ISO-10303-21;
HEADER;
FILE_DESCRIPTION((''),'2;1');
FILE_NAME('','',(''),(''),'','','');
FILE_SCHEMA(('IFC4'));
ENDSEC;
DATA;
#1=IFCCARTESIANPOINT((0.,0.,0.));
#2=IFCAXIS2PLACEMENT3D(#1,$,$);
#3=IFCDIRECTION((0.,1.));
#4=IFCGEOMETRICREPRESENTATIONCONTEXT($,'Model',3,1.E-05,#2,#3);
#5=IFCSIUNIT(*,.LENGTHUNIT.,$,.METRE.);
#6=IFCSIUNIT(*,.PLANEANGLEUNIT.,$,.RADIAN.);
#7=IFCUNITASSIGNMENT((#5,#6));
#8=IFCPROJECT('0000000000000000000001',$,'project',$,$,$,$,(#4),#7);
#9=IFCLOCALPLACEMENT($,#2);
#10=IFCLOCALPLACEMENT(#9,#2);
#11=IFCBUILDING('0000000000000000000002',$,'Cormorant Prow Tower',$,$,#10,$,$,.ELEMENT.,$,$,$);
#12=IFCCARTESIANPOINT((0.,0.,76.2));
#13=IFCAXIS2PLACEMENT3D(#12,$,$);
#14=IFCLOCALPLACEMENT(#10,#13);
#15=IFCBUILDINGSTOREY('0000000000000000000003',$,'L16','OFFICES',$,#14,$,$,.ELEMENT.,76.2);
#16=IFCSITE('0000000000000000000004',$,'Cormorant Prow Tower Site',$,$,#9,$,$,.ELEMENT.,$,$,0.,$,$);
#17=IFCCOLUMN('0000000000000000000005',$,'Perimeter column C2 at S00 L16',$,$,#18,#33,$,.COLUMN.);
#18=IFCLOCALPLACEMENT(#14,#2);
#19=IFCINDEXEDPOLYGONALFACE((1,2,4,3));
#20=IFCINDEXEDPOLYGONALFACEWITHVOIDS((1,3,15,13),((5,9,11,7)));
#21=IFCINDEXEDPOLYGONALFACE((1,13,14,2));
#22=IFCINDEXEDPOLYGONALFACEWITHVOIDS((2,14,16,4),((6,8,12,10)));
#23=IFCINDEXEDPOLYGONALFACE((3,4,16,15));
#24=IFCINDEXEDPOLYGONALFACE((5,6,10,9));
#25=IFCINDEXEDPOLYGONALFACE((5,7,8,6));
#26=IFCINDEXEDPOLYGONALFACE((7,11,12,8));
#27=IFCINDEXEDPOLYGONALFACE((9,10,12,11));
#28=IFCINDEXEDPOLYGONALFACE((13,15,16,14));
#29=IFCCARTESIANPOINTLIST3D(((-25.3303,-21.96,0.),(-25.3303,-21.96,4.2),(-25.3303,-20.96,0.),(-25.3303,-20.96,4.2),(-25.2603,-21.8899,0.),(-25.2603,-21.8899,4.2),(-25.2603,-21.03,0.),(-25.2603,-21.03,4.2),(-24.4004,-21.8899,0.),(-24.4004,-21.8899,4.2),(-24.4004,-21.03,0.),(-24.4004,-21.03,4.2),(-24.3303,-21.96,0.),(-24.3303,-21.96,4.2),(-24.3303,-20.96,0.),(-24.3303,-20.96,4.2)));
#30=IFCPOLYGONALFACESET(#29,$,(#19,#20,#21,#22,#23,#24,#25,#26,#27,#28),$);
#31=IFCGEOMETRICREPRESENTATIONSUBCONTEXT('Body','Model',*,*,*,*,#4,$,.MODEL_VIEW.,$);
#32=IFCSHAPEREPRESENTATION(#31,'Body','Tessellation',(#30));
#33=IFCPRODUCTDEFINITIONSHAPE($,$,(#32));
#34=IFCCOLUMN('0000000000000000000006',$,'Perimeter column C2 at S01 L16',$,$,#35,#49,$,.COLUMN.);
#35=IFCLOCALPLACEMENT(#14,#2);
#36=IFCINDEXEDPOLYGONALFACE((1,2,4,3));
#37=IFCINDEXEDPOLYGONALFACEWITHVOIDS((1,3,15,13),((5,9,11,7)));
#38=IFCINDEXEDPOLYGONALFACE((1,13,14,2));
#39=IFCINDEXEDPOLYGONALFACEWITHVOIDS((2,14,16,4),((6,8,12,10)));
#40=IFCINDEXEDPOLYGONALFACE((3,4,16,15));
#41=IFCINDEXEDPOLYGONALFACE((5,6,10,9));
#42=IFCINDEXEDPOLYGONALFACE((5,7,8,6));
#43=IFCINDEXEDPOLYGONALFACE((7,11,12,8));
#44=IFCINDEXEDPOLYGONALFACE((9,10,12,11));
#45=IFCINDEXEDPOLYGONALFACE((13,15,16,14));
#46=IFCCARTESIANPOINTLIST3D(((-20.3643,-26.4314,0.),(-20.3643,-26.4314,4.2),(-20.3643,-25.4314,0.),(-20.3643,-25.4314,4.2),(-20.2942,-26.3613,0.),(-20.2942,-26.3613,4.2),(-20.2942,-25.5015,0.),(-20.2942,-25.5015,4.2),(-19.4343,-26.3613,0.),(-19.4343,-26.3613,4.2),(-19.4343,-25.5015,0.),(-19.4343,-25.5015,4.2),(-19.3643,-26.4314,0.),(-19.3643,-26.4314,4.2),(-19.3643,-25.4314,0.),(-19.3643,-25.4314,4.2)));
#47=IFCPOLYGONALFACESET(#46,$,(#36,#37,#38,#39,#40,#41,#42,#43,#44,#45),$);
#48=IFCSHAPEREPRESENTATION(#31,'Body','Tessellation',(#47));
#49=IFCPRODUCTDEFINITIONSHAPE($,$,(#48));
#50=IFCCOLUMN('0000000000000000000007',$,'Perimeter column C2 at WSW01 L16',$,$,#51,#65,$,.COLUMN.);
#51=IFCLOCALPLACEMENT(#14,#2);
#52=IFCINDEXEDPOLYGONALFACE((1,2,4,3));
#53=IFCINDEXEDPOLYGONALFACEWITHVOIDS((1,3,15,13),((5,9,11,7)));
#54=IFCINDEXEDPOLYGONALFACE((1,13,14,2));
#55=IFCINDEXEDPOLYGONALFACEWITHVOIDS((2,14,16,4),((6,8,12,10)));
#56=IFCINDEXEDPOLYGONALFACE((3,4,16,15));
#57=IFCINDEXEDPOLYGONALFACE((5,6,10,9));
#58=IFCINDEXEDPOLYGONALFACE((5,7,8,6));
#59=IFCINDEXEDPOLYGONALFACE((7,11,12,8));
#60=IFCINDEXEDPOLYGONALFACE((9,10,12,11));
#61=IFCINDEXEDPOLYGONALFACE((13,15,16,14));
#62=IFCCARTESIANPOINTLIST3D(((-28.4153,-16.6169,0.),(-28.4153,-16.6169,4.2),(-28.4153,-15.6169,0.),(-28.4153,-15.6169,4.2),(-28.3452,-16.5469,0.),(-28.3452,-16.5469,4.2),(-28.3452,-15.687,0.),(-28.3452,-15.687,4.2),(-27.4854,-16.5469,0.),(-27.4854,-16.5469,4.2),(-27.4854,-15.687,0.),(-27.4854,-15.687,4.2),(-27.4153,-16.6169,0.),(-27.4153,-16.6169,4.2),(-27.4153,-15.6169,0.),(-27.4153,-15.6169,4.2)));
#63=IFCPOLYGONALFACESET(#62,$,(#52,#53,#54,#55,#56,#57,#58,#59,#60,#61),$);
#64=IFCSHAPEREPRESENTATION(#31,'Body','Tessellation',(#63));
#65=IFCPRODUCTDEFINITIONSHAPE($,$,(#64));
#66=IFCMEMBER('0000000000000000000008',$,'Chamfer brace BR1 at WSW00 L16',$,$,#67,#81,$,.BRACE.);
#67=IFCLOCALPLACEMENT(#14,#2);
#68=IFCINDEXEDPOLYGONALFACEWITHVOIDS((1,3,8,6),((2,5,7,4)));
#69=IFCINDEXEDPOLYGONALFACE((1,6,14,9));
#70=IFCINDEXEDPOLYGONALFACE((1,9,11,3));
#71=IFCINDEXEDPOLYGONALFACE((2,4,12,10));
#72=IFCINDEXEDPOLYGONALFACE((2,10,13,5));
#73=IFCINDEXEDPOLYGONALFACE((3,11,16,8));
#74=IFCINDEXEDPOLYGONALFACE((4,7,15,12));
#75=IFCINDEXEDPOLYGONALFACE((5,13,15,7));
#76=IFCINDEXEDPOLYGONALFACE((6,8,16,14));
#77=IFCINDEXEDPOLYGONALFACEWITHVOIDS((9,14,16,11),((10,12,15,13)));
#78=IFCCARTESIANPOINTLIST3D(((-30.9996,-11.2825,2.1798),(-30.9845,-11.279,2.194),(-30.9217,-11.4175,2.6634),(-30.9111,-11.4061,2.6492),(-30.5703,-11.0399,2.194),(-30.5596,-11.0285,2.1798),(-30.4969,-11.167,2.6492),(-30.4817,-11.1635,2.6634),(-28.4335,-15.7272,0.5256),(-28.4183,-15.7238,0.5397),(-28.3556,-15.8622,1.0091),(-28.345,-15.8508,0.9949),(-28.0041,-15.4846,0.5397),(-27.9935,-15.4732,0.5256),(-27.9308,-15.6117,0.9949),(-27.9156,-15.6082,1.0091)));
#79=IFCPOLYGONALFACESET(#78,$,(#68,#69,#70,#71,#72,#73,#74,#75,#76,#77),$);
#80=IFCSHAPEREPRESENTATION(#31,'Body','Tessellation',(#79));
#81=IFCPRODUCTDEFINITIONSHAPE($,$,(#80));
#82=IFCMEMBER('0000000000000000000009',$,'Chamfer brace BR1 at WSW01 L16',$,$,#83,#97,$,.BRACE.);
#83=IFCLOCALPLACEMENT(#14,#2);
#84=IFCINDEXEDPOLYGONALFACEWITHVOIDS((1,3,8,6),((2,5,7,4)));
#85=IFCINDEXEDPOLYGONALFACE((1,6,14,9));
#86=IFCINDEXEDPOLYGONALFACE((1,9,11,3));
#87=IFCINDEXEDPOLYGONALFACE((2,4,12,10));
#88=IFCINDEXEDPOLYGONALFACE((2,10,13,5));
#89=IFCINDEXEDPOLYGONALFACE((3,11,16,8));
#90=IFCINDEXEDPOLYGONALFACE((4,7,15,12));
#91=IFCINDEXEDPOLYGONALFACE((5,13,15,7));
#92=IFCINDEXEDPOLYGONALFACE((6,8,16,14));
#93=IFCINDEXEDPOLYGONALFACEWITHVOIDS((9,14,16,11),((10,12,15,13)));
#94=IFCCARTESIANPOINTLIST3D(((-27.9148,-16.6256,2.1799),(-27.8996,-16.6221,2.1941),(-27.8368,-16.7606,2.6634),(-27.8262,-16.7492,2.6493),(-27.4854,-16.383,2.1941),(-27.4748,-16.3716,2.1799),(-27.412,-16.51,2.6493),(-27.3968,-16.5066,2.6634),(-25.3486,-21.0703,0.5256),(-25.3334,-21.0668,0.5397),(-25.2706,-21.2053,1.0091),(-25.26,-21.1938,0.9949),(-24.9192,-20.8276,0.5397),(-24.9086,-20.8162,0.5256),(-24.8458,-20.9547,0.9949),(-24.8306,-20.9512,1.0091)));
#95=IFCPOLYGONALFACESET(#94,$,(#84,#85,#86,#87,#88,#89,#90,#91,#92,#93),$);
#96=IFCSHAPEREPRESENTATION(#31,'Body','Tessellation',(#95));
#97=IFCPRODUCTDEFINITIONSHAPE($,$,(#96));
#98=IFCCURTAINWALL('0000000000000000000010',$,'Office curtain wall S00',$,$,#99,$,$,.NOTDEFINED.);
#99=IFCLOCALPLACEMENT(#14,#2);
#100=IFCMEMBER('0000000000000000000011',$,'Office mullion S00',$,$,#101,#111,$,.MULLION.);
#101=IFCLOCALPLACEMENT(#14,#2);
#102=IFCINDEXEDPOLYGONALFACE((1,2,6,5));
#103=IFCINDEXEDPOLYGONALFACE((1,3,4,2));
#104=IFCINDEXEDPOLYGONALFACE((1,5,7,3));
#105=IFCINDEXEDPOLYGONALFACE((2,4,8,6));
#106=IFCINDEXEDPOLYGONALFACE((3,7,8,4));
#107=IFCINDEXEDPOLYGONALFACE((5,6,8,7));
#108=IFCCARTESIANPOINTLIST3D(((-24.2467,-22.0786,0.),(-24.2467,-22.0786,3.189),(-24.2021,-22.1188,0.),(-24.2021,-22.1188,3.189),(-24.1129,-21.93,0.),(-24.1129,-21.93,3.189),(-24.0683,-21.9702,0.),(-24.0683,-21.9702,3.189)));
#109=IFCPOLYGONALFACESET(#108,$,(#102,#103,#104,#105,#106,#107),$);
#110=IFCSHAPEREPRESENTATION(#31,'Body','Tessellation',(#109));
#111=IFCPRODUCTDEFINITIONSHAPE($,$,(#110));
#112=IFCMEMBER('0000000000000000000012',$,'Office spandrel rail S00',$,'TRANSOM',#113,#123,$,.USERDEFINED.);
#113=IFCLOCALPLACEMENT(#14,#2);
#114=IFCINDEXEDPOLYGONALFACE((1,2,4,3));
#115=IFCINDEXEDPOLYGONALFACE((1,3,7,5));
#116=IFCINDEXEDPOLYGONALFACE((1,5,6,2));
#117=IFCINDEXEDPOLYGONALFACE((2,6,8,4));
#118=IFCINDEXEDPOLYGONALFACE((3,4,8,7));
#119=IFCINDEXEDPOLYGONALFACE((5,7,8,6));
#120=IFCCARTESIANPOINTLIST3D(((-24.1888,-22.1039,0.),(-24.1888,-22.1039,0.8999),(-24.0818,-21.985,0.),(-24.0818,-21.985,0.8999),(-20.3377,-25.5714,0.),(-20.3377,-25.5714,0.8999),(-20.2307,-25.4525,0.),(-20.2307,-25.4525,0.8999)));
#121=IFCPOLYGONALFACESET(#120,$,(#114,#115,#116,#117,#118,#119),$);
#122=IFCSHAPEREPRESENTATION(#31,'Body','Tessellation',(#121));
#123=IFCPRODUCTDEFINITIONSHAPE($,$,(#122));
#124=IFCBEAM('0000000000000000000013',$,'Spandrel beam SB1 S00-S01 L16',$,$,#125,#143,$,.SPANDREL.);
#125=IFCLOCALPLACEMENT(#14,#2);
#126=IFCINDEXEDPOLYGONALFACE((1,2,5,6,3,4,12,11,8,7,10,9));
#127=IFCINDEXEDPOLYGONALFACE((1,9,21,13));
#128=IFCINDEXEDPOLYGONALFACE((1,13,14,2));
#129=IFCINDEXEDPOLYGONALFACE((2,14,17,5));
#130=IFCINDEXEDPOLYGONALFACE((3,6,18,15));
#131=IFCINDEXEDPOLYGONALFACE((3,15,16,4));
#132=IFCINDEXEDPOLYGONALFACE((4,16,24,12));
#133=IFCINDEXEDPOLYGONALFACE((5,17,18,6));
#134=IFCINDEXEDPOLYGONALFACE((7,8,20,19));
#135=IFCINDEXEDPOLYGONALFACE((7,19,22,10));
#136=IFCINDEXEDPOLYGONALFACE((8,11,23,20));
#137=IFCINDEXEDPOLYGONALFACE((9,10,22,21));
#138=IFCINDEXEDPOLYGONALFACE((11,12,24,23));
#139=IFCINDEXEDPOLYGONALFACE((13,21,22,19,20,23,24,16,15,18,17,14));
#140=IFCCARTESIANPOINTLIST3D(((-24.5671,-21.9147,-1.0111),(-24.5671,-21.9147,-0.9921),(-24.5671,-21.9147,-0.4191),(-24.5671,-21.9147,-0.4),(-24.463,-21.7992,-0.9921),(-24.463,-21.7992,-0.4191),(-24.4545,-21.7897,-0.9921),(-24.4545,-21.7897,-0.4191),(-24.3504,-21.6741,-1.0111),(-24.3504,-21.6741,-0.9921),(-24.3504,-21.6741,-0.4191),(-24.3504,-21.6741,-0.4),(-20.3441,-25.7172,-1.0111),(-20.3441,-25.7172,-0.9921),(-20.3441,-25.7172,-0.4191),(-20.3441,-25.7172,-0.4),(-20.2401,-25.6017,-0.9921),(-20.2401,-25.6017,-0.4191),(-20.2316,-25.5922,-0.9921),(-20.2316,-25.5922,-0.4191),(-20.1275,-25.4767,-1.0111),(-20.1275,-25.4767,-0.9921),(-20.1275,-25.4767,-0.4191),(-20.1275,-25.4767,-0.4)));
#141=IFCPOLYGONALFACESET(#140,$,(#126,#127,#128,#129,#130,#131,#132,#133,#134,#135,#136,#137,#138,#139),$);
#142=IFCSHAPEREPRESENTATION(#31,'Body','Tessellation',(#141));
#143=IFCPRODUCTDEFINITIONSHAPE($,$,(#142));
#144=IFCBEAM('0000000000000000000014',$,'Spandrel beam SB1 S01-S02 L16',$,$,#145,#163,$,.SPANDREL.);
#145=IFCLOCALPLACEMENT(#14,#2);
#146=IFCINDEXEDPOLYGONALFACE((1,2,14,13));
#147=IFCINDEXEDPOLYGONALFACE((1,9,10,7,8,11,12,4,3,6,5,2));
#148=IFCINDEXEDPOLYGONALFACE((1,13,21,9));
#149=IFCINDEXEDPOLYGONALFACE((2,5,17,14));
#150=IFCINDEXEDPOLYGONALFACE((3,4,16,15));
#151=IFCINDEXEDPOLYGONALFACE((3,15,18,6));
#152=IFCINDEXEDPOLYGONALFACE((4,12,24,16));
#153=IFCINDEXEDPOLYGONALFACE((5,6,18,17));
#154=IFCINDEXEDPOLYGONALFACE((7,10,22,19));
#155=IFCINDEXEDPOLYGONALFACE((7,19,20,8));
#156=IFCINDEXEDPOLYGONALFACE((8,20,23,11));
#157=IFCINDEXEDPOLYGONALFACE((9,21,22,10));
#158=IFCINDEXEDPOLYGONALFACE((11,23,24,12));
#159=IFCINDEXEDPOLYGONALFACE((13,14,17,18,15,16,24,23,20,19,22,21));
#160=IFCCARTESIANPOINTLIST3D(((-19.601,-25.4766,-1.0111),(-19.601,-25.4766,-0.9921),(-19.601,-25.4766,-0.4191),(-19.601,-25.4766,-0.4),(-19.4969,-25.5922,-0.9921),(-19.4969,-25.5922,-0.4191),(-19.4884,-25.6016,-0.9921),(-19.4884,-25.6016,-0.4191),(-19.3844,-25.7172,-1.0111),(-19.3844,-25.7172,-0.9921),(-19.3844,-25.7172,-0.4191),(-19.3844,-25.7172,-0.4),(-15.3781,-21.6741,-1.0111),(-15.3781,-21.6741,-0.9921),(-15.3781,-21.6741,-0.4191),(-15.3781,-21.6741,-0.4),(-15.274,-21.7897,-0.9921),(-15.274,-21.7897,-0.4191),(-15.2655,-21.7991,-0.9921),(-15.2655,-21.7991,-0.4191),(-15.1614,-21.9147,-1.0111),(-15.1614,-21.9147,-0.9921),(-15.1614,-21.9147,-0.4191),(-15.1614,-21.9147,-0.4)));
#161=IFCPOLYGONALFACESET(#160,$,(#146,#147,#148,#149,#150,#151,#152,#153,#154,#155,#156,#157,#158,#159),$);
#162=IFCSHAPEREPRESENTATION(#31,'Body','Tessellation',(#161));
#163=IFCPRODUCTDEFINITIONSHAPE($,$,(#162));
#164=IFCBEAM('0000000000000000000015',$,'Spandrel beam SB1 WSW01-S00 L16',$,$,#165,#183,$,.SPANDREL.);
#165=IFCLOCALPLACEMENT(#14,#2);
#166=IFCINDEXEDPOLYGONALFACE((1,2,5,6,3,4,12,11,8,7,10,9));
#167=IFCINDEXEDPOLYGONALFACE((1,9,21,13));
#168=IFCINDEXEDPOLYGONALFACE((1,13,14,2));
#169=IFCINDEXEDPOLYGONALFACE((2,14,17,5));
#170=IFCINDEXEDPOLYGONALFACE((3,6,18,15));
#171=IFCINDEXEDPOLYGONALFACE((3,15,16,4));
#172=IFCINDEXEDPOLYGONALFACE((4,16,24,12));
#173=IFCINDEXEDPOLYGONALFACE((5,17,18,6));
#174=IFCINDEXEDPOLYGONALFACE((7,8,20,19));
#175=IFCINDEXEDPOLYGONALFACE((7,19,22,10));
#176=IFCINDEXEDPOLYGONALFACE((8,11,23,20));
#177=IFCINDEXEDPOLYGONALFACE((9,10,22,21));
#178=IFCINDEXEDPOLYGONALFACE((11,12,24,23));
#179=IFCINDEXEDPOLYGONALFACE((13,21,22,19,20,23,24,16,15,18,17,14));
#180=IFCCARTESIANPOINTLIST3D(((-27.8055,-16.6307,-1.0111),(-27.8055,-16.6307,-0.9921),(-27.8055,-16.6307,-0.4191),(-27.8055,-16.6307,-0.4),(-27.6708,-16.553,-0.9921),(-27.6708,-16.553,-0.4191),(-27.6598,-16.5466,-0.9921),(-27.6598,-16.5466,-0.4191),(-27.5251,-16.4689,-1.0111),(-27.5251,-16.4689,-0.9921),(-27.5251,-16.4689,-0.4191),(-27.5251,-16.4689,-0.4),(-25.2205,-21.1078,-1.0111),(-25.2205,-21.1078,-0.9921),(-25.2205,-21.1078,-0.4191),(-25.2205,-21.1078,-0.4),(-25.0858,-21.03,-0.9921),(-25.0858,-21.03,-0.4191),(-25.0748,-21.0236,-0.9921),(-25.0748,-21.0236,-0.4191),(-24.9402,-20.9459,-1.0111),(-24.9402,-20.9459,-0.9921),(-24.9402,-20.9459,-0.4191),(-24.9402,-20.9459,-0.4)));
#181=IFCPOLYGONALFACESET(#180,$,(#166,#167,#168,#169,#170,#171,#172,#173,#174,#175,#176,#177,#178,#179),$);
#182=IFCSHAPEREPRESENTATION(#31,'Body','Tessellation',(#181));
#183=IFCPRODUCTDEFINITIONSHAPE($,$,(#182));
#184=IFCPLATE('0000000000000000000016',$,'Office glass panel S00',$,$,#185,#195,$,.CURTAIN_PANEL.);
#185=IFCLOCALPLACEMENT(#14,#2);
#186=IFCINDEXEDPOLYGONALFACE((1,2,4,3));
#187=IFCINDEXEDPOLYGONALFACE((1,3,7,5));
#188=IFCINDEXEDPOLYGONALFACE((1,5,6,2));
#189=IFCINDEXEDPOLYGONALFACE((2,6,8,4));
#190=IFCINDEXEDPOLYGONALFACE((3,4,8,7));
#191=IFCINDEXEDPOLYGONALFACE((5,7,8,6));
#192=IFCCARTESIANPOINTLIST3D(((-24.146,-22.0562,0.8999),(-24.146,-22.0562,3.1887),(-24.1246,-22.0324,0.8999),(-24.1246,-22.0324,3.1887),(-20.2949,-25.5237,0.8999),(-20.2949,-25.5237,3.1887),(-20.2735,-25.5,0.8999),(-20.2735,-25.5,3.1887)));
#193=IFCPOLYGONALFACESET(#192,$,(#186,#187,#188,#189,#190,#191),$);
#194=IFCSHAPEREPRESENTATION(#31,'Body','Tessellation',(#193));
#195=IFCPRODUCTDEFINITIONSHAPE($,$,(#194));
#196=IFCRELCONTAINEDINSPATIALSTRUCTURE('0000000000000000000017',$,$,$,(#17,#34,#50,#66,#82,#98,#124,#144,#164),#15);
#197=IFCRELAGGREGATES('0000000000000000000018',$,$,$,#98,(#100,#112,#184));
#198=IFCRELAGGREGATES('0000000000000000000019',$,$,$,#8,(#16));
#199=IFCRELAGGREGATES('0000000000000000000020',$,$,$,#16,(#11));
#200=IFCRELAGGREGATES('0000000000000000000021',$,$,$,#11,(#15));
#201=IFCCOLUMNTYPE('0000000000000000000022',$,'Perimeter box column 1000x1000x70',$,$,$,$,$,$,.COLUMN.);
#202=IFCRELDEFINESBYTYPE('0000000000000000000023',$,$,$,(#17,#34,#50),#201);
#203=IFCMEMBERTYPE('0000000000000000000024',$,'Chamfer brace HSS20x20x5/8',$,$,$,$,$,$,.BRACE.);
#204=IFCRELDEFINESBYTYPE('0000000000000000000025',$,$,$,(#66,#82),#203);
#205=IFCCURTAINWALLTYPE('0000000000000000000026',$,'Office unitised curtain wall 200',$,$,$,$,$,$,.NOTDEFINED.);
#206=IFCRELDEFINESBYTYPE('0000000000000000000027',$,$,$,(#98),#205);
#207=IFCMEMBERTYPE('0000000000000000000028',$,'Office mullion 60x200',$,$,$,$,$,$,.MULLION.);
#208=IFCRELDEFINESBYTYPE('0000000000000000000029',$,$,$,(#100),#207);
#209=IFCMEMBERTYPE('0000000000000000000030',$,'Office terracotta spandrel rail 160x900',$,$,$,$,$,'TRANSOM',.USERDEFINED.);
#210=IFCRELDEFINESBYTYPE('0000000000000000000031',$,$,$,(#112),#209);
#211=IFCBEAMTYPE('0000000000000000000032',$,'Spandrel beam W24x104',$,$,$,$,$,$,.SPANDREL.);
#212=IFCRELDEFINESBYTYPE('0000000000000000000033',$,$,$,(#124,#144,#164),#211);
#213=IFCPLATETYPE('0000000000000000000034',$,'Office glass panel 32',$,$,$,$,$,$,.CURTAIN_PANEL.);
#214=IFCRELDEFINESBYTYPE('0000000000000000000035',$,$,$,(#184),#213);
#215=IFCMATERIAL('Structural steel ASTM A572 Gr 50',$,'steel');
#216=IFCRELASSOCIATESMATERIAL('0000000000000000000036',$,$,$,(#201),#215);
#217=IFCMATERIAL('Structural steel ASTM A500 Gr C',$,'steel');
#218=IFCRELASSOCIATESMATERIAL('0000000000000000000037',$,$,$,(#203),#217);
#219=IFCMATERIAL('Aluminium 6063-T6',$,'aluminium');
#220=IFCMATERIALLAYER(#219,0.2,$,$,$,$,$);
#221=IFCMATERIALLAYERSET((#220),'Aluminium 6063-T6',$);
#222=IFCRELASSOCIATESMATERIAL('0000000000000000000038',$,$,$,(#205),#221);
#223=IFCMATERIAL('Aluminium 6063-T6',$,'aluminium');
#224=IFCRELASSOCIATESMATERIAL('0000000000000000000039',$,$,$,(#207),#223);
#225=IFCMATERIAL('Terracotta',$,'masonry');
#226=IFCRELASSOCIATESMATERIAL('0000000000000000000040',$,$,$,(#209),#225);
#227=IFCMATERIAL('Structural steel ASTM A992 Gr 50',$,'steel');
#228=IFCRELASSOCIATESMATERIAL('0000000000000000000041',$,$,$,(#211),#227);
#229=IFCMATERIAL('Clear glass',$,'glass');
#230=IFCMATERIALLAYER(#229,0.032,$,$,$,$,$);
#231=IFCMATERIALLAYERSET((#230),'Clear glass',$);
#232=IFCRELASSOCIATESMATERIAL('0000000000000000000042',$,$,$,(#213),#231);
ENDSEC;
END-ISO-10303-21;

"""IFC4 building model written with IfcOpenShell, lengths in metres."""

from ifc_helpers import new_model, si_unit, direction, frame, origin, origin_2d, place, context, subcontext, project, spatial, rectangle, hollow_rectangle, i_section, extrude, material, layer, layer_set, material_profile, profile_set, type_object, element, aggregate, save


model = new_model("IFC4")

# Units and contexts
model_context = context("Model", 3, precision=1e-05, world=origin(), true_north=direction((0.0, 1.0)))
body_context = subcontext(model_context, "Body", "Model", "MODEL_VIEW")
ifc_project = project(units=[si_unit("LENGTHUNIT", "METRE"), si_unit("PLANEANGLEUNIT", "RADIAN")], contexts=[model_context])

# Site, building, storey
site_placement = place(None, origin())
site = spatial("IfcSite", under=ifc_project, at=site_placement, Name="Cormorant Prow Tower Site", CompositionType="ELEMENT", RefElevation=0.0)
building_placement = place(site_placement, origin())
building = spatial("IfcBuilding", under=site, at=building_placement, Name="Cormorant Prow Tower", CompositionType="ELEMENT")
storey_placement = place(building_placement, frame((0.0, 0.0, 76.2)))
storey = spatial("IfcBuildingStorey", under=building, at=storey_placement, Name="L16", Description="OFFICES", CompositionType="ELEMENT", Elevation=76.2)

# Columns
ifc_material_1 = material(Name="Structural steel ASTM A572 Gr 50", Category="steel")
ifc_material_profile_1 = material_profile(ifc_material_1, hollow_rectangle(XDim=1.0, YDim=1.0, WallThickness=0.0701, at=origin_2d()), Name="Box 1000x1000x70")
ifc_profile_set_1 = profile_set([ifc_material_profile_1], Name="Structural steel ASTM A572 Gr 50")
column_type = type_object("IfcColumnType", Name="Perimeter box column 1000x1000x70", PredefinedType="COLUMN", material=ifc_profile_set_1)
for number, where, z_axis, x_axis, name in (
    (1, (-24.8303, -21.46, 0.0), (0.0, 0.0, 1.0), (1.0, 0.0, 0.0), "Perimeter column C2 at S00 L16"),
    (2, (-19.8643, -25.9314, 0.0), (0.0, 0.0, 1.0), (1.0, 0.0, 0.0), "Perimeter column C2 at S01 L16"),
    (3, (-27.9153, -16.1169, 0.0), (0.0, 0.0, 1.0), (1.0, 0.0, 0.0), "Perimeter column C2 at WSW01 L16"),
):
    element("IfcColumn", number, at=place(storey_placement, frame(where, z_axis=z_axis, x_axis=x_axis)), inside=storey, type_object=column_type, Name=name, PredefinedType="COLUMN", context=body_context, shape_type="SweptSolid", body=[
        extrude(hollow_rectangle(XDim=1.0, YDim=1.0, WallThickness=0.0701, at=origin_2d()), origin(), (0.0, 0.0, 1.0), 4.2),
    ])

# Members
ifc_material_2 = material(Name="Structural steel ASTM A500 Gr C", Category="steel")
ifc_material_profile_2 = material_profile(ifc_material_2, hollow_rectangle(XDim=0.5081, YDim=0.5081, WallThickness=0.0149, at=origin_2d()), Name="HSS20x20x5/8")
ifc_profile_set_2 = profile_set([ifc_material_profile_2], Name="Structural steel ASTM A500 Gr C")
member_type_1 = type_object("IfcMemberType", Name="Chamfer brace HSS20x20x5/8", PredefinedType="BRACE", material=ifc_profile_set_2)
for number, where, z_axis, x_axis, name in (
    (4, (-28.1746, -15.6677, 0.7673), (-0.475882, 0.82427, 0.306781), (-0.86603, -0.499991, 0.0), "Chamfer brace BR1 at WSW00 L16"),
    (5, (-25.0896, -21.0107, 0.7673), (-0.4759, 0.824256, 0.306793), (-0.866018, -0.500012, 0.0), "Chamfer brace BR1 at WSW01 L16"),
):
    element("IfcMember", number, at=place(storey_placement, frame(where, z_axis=z_axis, x_axis=x_axis)), inside=storey, type_object=member_type_1, Name=name, PredefinedType="BRACE", context=body_context, shape_type="SweptSolid", body=[
        extrude(hollow_rectangle(XDim=0.5081, YDim=0.5081, WallThickness=0.0149, at=origin_2d()), origin(), (0.0, 0.0, 1.0), 5.3923),
    ])

# Curtain wall, members
ifc_material_3 = material(Name="Aluminium 6063-T6", Category="aluminium")
ifc_layer_1 = layer(ifc_material_3, 0.2)
ifc_layer_set_1 = layer_set([ifc_layer_1], Name="Aluminium 6063-T6")
curtain_wall_type = type_object("IfcCurtainWallType", Name="Office unitised curtain wall 200", PredefinedType="NOTDEFINED", material=ifc_layer_set_1)
curtain_wall_placement = place(storey_placement, origin())
curtain_wall = element("IfcCurtainWall", 6, at=curtain_wall_placement, inside=storey, type_object=curtain_wall_type, Name="Office curtain wall S00", PredefinedType="NOTDEFINED")
ifc_material_4 = material(Name="Aluminium 6063-T6", Category="aluminium")
ifc_material_profile_3 = material_profile(ifc_material_4, rectangle(XDim=0.2, YDim=0.0601, at=origin_2d()), Name="Office mullion 60x200")
ifc_profile_set_3 = profile_set([ifc_material_profile_3], Name="Aluminium 6063-T6")
member_type_2 = type_object("IfcMemberType", Name="Office mullion 60x200", PredefinedType="MULLION", material=ifc_profile_set_3)
member_1_placement = place(storey_placement, frame((-24.1575, -22.0244, 0.0), z_axis=(0.0, 0.0, 1.0), x_axis=(0.669131, 0.743145, 0.0)))
member_1 = element("IfcMember", 7, at=member_1_placement, type_object=member_type_2, Name="Office mullion S00", PredefinedType="MULLION", context=body_context, shape_type="SweptSolid", body=[
    extrude(rectangle(XDim=0.2, YDim=0.0601, at=origin_2d()), origin(), (0.0, 0.0, 1.0), 3.189),
])
ifc_material_5 = material(Name="Terracotta", Category="masonry")
ifc_material_profile_4 = material_profile(ifc_material_5, rectangle(XDim=0.1599, YDim=0.8999, at=origin_2d()), Name="Office terracotta spandrel rail 160x900")
ifc_profile_set_4 = profile_set([ifc_material_profile_4], Name="Terracotta")
member_type_3 = type_object("IfcMemberType", Name="Office terracotta spandrel rail 160x900", ElementType="TRANSOM", PredefinedType="USERDEFINED", material=ifc_profile_set_4)
member_2_placement = place(storey_placement, frame((-24.1353, -22.0444, 0.45), z_axis=(0.743144, -0.669131, 0.0), x_axis=(0.669131, 0.743144, 0.0)))
member_2 = element("IfcMember", 8, at=member_2_placement, type_object=member_type_3, Name="Office spandrel rail S00", ObjectType="TRANSOM", PredefinedType="USERDEFINED", context=body_context, shape_type="SweptSolid", body=[
    extrude(rectangle(XDim=0.1599, YDim=0.8999, at=origin_2d()), origin(), (0.0, 0.0, 1.0), 5.1821),
])

# Beams
ifc_material_6 = material(Name="Structural steel ASTM A992 Gr 50", Category="steel")
ifc_material_profile_5 = material_profile(ifc_material_6, i_section(OverallWidth=0.3237, OverallDepth=0.6111, WebThickness=0.0127, FlangeThickness=0.019, at=origin_2d()), Name="W24x104")
ifc_profile_set_5 = profile_set([ifc_material_profile_5], Name="Structural steel ASTM A992 Gr 50")
beam_type = type_object("IfcBeamType", Name="Spandrel beam W24x104", PredefinedType="SPANDREL", material=ifc_profile_set_5)
for number, where, z_axis, x_axis, name in (
    (9, (-24.4587, -21.7944, -0.7056), (0.74313, -0.669147, 0.0), (0.669147, 0.74313, 0.0), "Spandrel beam SB1 S00-S01 L16"),
    (10, (-19.4927, -25.5969, -0.7056), (0.74313, 0.669147, 0.0), (-0.669147, 0.74313, 0.0), "Spandrel beam SB1 S01-S02 L16"),
):
    element("IfcBeam", number, at=place(storey_placement, frame(where, z_axis=z_axis, x_axis=x_axis)), inside=storey, type_object=beam_type, Name=name, PredefinedType="SPANDREL", context=body_context, shape_type="SweptSolid", body=[
        extrude(i_section(OverallWidth=0.3237, OverallDepth=0.6111, WebThickness=0.0127, FlangeThickness=0.019, at=origin_2d()), origin(), (0.0, 0.0, 1.0), 5.6826),
    ])
beam_placement = place(storey_placement, frame((-27.6653, -16.5498, -0.7056), z_axis=(0.50002, -0.866014, 0.0), x_axis=(0.866014, 0.50002, 0.0)))
element("IfcBeam", 11, at=beam_placement, inside=storey, type_object=beam_type, Name="Spandrel beam SB1 WSW01-S00 L16", PredefinedType="SPANDREL", context=body_context, shape_type="SweptSolid", body=[
    extrude(i_section(OverallWidth=0.3237, OverallDepth=0.6111, WebThickness=0.0127, FlangeThickness=0.019, at=origin_2d()), origin(), (0.0, 0.0, 1.0), 5.1697),
])

# Plate
ifc_material_7 = material(Name="Clear glass", Category="glass")
ifc_layer_2 = layer(ifc_material_7, 0.032)
ifc_layer_set_2 = layer_set([ifc_layer_2], Name="Clear glass")
plate_type = type_object("IfcPlateType", Name="Office glass panel 32", PredefinedType="CURTAIN_PANEL", material=ifc_layer_set_2)
plate_placement = place(storey_placement, frame((-22.2097, -23.7781, 0.8999), z_axis=(0.0, 0.0, 1.0), x_axis=(0.743145, -0.669131, 0.0)))
plate = element("IfcPlate", 12, at=plate_placement, type_object=plate_type, Name="Office glass panel S00", PredefinedType="CURTAIN_PANEL", context=body_context, shape_type="SweptSolid", body=[
    extrude(rectangle(XDim=5.1821, YDim=0.032, at=origin_2d()), origin(), (0.0, 0.0, 1.0), 2.2888),
])
aggregate(curtain_wall, [member_1, member_2, plate])

save(model, "model.ifc")
